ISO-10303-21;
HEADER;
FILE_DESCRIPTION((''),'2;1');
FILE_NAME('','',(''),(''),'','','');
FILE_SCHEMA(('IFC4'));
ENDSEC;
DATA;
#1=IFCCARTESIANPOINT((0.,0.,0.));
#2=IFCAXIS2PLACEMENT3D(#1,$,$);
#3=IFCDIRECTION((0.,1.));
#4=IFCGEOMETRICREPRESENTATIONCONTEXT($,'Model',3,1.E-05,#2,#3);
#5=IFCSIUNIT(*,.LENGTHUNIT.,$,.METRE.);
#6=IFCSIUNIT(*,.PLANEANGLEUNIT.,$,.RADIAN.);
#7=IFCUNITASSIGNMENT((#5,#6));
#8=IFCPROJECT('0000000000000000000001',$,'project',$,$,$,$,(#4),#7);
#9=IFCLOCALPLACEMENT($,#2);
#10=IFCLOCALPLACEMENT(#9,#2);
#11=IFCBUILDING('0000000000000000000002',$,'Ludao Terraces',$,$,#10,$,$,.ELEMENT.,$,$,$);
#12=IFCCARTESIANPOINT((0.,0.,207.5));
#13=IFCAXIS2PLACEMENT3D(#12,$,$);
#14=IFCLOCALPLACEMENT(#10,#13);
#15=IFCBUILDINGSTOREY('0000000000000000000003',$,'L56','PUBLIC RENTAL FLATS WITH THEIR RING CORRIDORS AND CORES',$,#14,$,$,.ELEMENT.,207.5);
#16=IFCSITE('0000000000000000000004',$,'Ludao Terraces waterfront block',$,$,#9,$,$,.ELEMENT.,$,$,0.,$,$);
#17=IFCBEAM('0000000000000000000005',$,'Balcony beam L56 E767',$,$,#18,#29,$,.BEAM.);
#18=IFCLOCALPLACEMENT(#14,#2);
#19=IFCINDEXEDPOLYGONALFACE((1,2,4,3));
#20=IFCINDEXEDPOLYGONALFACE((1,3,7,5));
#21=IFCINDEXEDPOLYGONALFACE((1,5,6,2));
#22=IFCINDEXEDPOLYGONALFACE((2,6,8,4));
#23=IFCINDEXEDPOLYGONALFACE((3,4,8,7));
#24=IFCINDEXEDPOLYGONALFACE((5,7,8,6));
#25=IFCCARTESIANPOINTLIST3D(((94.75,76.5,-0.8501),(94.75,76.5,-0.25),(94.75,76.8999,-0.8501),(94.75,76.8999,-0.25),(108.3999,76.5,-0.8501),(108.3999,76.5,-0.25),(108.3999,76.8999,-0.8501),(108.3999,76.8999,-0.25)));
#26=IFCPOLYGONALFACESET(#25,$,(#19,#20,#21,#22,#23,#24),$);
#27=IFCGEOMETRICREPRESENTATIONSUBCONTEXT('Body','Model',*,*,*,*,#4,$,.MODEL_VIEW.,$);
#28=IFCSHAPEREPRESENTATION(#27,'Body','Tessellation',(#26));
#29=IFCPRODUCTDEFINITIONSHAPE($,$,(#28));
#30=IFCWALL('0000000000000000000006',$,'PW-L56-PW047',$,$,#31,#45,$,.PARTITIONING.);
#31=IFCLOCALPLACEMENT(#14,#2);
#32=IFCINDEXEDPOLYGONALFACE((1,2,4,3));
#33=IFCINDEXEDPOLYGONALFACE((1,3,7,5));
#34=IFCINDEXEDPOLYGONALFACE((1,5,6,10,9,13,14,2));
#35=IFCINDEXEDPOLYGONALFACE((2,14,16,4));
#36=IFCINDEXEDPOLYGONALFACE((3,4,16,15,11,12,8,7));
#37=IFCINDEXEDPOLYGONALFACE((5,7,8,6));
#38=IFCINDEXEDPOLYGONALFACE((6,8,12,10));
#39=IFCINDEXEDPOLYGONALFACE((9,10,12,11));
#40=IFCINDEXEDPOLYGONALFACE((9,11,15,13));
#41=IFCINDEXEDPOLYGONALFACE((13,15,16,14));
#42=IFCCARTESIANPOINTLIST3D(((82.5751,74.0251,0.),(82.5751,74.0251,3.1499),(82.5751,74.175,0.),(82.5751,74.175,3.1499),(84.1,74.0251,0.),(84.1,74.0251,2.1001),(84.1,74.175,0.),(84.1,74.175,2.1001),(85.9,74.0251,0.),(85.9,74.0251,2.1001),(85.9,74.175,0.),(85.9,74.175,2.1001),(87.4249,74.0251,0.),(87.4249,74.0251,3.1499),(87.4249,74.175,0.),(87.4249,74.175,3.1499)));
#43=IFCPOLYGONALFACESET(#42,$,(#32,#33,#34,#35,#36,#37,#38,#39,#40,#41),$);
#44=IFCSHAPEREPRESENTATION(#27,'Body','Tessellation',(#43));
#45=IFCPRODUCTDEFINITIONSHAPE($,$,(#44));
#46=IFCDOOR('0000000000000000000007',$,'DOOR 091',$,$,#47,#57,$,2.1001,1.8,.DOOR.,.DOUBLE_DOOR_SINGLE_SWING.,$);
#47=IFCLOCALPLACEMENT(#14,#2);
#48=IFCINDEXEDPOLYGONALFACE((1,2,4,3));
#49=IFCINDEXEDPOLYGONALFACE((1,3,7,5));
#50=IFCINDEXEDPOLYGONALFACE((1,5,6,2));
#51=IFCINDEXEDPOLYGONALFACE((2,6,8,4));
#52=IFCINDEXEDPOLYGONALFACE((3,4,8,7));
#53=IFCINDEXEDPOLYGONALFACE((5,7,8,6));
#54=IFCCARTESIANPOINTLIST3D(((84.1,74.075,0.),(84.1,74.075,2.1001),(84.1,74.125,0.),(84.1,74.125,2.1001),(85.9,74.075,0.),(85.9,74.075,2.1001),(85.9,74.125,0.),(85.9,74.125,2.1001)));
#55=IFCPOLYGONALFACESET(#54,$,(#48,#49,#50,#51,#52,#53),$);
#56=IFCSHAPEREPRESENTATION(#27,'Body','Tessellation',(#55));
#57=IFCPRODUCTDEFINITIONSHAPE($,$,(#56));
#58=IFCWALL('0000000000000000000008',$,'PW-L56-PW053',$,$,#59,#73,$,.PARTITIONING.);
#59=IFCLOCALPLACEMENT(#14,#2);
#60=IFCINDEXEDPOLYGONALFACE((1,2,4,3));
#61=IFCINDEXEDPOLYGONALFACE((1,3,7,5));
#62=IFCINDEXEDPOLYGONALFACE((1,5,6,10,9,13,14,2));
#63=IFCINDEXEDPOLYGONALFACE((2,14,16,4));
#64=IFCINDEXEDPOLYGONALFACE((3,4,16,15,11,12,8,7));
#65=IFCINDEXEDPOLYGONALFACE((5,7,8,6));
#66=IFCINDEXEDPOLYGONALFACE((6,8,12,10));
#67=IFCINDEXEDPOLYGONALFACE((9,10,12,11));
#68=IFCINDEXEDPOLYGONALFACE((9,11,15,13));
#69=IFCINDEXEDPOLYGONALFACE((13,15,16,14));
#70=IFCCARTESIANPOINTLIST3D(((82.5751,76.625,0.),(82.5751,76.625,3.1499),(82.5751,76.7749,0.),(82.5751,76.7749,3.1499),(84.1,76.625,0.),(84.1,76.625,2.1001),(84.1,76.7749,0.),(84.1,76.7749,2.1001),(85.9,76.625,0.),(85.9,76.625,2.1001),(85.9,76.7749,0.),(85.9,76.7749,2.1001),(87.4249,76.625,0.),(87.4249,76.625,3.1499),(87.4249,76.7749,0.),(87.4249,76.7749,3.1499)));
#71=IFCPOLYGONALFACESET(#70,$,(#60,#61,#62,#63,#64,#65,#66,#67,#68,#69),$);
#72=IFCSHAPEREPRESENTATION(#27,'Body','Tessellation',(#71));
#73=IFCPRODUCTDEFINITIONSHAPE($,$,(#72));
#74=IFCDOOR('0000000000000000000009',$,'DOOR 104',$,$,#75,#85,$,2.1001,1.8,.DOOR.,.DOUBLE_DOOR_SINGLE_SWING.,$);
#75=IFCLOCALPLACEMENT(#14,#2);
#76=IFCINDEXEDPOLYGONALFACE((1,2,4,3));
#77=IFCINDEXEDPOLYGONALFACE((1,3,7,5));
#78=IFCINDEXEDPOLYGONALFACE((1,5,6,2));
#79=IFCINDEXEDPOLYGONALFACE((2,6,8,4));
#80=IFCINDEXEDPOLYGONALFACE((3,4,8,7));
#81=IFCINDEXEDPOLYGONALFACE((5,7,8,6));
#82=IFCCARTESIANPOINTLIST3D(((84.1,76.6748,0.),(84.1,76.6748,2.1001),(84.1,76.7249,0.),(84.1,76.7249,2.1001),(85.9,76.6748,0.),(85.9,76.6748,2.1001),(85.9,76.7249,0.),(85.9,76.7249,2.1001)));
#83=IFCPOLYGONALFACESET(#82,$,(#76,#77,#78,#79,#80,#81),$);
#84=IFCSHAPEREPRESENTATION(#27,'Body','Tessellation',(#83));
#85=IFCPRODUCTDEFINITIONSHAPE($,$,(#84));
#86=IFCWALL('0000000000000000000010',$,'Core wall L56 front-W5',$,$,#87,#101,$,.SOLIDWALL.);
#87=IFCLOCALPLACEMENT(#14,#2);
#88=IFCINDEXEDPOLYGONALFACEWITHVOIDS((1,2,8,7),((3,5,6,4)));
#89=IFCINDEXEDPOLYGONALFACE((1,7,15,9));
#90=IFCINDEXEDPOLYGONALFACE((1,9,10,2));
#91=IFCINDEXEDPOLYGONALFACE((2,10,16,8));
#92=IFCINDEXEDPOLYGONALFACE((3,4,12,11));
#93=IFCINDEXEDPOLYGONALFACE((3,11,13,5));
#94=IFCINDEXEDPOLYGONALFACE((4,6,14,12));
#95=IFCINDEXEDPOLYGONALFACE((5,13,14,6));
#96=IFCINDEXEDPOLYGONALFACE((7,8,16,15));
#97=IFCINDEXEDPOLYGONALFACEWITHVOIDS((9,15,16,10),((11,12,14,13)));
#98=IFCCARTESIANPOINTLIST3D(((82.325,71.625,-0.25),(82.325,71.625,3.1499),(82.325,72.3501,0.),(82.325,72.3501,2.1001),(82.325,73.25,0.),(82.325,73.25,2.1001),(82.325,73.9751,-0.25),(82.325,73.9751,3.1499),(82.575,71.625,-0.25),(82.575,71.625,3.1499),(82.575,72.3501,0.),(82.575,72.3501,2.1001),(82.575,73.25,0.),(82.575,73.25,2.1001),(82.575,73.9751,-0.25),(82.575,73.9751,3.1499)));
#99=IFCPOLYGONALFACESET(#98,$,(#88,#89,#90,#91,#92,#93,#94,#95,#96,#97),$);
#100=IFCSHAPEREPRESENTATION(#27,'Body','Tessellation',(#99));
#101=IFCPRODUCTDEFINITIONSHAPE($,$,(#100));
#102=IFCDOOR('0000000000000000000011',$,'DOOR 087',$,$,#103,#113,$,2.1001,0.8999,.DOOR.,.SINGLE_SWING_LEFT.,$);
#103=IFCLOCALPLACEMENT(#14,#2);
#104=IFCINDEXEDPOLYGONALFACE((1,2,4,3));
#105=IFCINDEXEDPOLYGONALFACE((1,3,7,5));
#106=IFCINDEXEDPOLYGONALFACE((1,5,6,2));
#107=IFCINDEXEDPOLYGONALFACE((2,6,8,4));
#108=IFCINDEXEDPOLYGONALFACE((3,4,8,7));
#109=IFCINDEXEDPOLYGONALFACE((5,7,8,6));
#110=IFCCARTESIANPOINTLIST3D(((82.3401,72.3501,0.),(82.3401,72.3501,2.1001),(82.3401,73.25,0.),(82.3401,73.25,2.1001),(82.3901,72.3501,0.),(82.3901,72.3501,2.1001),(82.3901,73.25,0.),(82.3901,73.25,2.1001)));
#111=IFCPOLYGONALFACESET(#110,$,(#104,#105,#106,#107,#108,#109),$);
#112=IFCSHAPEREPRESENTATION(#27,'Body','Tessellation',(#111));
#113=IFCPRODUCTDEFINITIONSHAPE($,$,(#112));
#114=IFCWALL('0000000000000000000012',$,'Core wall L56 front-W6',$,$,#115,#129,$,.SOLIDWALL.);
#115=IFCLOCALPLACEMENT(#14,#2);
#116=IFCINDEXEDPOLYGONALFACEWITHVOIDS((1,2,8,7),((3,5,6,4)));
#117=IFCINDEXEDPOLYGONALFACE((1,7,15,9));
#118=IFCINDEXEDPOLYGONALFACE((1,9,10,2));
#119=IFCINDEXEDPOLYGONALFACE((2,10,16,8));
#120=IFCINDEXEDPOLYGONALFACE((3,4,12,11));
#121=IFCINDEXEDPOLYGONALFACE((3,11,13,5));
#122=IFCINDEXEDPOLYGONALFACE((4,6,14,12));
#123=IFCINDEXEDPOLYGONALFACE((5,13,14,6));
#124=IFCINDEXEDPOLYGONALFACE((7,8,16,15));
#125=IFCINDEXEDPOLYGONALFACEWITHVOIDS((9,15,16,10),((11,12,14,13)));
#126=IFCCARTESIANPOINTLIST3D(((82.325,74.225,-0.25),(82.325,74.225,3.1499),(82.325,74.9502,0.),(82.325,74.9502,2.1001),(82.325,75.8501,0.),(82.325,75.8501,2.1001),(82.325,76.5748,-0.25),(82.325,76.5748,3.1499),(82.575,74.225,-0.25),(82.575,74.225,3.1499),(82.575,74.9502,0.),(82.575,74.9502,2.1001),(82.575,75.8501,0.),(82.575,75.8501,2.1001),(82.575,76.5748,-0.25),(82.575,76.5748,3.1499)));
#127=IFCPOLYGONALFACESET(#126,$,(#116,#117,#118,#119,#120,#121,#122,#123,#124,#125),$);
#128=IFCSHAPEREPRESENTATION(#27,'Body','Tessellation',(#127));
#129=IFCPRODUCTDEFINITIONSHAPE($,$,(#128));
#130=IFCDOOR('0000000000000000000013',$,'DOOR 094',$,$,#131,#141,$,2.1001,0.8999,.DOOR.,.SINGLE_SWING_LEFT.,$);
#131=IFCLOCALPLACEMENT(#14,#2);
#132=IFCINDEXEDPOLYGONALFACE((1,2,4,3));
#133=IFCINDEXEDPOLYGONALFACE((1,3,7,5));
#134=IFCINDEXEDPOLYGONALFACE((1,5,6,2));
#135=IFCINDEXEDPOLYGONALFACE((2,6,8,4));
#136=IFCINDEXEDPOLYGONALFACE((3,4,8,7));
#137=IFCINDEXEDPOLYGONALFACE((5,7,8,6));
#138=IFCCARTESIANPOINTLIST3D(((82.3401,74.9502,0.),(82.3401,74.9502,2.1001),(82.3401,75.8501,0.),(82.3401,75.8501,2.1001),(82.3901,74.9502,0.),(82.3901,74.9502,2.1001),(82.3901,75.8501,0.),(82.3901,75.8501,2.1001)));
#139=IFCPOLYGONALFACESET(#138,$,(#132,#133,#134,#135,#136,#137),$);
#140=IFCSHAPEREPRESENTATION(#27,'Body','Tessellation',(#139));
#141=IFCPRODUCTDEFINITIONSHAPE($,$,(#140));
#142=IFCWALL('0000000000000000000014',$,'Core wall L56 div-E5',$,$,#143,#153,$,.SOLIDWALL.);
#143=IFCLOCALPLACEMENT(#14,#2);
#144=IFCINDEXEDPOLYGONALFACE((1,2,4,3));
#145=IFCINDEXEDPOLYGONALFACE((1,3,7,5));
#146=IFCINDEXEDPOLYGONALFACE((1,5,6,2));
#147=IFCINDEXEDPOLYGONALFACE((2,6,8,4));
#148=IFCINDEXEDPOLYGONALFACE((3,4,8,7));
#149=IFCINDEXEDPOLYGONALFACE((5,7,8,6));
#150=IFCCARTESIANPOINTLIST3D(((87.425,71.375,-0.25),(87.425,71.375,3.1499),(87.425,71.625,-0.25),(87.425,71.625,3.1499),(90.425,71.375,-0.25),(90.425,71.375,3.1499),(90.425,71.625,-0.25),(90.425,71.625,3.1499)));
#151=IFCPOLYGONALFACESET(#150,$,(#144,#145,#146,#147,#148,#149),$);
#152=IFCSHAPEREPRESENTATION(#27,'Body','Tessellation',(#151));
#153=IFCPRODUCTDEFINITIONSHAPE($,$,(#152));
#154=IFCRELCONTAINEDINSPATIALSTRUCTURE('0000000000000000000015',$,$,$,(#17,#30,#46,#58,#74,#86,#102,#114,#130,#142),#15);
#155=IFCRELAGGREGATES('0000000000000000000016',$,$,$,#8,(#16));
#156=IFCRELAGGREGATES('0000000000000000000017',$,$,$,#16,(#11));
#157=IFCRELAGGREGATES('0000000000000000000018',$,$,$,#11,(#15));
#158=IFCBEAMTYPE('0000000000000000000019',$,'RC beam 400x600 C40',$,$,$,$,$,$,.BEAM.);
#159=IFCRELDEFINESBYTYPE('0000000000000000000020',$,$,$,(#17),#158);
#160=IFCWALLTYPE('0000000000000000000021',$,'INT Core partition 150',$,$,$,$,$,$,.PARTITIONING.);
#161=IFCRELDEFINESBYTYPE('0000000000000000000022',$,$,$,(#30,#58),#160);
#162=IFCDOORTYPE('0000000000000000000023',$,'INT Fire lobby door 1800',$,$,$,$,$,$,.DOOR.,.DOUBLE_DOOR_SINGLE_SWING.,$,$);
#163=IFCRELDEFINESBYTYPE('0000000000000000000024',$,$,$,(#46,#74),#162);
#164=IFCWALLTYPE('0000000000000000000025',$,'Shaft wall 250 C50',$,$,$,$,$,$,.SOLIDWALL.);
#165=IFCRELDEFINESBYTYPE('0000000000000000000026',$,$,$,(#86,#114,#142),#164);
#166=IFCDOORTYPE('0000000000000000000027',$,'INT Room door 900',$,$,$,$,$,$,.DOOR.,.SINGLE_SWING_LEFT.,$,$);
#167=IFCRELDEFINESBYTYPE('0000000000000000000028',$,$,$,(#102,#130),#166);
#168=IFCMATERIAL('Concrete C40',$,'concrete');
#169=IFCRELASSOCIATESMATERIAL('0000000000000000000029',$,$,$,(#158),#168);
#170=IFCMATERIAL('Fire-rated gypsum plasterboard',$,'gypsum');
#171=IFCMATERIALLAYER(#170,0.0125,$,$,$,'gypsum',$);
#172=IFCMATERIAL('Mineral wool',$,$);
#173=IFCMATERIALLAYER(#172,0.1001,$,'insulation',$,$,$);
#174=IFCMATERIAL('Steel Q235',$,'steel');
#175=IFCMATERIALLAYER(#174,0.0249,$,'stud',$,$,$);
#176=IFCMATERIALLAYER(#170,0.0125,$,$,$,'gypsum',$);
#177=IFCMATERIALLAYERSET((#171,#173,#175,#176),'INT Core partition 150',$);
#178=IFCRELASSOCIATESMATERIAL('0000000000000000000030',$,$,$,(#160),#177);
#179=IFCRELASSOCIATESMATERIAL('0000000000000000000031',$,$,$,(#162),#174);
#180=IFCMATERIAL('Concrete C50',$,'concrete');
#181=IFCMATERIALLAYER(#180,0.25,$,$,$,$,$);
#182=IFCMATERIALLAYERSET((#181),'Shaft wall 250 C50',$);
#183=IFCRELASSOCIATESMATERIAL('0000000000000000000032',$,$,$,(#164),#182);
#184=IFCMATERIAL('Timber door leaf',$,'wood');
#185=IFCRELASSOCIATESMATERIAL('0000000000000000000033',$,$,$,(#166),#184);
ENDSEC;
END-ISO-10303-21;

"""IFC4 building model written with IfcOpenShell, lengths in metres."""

from ifc_helpers import new_model, si_unit, direction, frame, frame_2d, origin, origin_2d, place, context, subcontext, project, spatial, rectangle, extrude, material, layer, layer_set, material_profile, profile_set, type_object, element, fill, save


model = new_model("IFC4")

# Units and contexts
model_context = context("Model", 3, precision=1e-05, world=origin(), true_north=direction((0.0, 1.0)))
body_context = subcontext(model_context, "Body", "Model", "MODEL_VIEW")
ifc_project = project(units=[si_unit("LENGTHUNIT", "METRE"), si_unit("PLANEANGLEUNIT", "RADIAN")], contexts=[model_context])

# Site, building, storey
site_placement = place(None, origin())
site = spatial("IfcSite", under=ifc_project, at=site_placement, Name="Ludao Terraces waterfront block", CompositionType="ELEMENT", RefElevation=0.0)
building_placement = place(site_placement, origin())
building = spatial("IfcBuilding", under=site, at=building_placement, Name="Ludao Terraces", CompositionType="ELEMENT")
storey_placement = place(building_placement, frame((0.0, 0.0, 207.5)))
storey = spatial("IfcBuildingStorey", under=building, at=storey_placement, Name="L56", Description="PUBLIC RENTAL FLATS WITH THEIR RING CORRIDORS AND CORES", CompositionType="ELEMENT", Elevation=207.5)

# Beam
ifc_material_1 = material(Name="Concrete C40", Category="concrete")
ifc_material_profile = material_profile(ifc_material_1, rectangle(XDim=0.3999, YDim=0.6001, at=origin_2d()), Name="400 X 600")
ifc_profile_set = profile_set([ifc_material_profile], Name="Concrete C40")
beam_type = type_object("IfcBeamType", Name="RC beam 400x600 C40", PredefinedType="BEAM", material=ifc_profile_set)
beam_placement = place(storey_placement, frame((94.75, 76.7, -0.55), z_axis=(1.0, 0.0, 0.0), x_axis=(0.0, 1.0, 0.0)))
element("IfcBeam", 1, at=beam_placement, inside=storey, type_object=beam_type, Name="Balcony beam L56 E767", PredefinedType="BEAM", context=body_context, shape_type="SweptSolid", body=[
    extrude(rectangle(XDim=0.3999, YDim=0.6001, at=origin_2d()), origin(), (0.0, 0.0, 1.0), 13.6499),
])

# Walls, openings, doors
ifc_material_2 = material(Name="Fire-rated gypsum plasterboard", Category="gypsum")
ifc_layer_1 = layer(ifc_material_2, 0.0125, Category="gypsum")
ifc_material_3 = material(Name="Mineral wool")
ifc_layer_2 = layer(ifc_material_3, 0.1001, Name="insulation")
ifc_material_4 = material(Name="Steel Q235", Category="steel")
ifc_layer_3 = layer(ifc_material_4, 0.0249, Name="stud")
ifc_layer_4 = layer(ifc_material_2, 0.0125, Category="gypsum")
ifc_layer_set_1 = layer_set([ifc_layer_1, ifc_layer_2, ifc_layer_3, ifc_layer_4], Name="INT Core partition 150")
wall_type_1 = type_object("IfcWallType", Name="INT Core partition 150", PredefinedType="PARTITIONING", material=ifc_layer_set_1)
wall_1_placement = place(storey_placement, frame((82.5752, 74.1001, 0.0), z_axis=(0.0, 0.0, 1.0), x_axis=(1.0, 0.0, 0.0)))
wall_1 = element("IfcWall", 2, at=wall_1_placement, inside=storey, type_object=wall_type_1, Name="PW-L56-PW047", PredefinedType="PARTITIONING", context=body_context, shape_type="SweptSolid", body=[
    extrude(rectangle(XDim=4.8499, YDim=0.1499, at=frame_2d((2.4248, 0.0))), origin(), (0.0, 0.0, 1.0), 3.1499),
])
opening_1_placement = place(wall_1_placement, frame((1.5249, 0.0, 0.0)))
opening_1 = element("IfcOpeningElement", 3, at=opening_1_placement, cuts=wall_1, PredefinedType="OPENING", context=body_context, shape_type="SweptSolid", body=[
    extrude(rectangle(XDim=1.8, YDim=2.1001, at=frame_2d((0.8999, 1.05))), frame((0.0, 0.085, 0.0), z_axis=(0.0, -1.0, 0.0), x_axis=(1.0, 0.0, 0.0)), (0.0, 0.0, 1.0), 0.1699),
])
door_type_1 = type_object("IfcDoorType", Name="INT Fire lobby door 1800", OperationType="DOUBLE_DOOR_SINGLE_SWING", PredefinedType="DOOR", material=ifc_material_4)
door_1_placement = place(opening_1_placement, origin())
door_1 = element("IfcDoor", 4, at=door_1_placement, inside=storey, type_object=door_type_1, Name="DOOR 091", OperationType="DOUBLE_DOOR_SINGLE_SWING", OverallHeight=2.1001, OverallWidth=1.8, PredefinedType="DOOR", context=body_context, shape_type="SweptSolid", body=[
    extrude(rectangle(XDim=1.8, YDim=2.1001, at=frame_2d((0.8999, 1.05))), frame((0.0, 0.0249, 0.0), z_axis=(0.0, -1.0, 0.0), x_axis=(1.0, 0.0, 0.0)), (0.0, 0.0, 1.0), 0.05),
])
fill(opening_1, door_1)
wall_2_placement = place(storey_placement, frame((82.5752, 76.7, 0.0), z_axis=(0.0, 0.0, 1.0), x_axis=(1.0, 0.0, 0.0)))
wall_2 = element("IfcWall", 5, at=wall_2_placement, inside=storey, type_object=wall_type_1, Name="PW-L56-PW053", PredefinedType="PARTITIONING", context=body_context, shape_type="SweptSolid", body=[
    extrude(rectangle(XDim=4.8499, YDim=0.1499, at=frame_2d((2.4248, 0.0))), origin(), (0.0, 0.0, 1.0), 3.1499),
])
opening_2_placement = place(wall_2_placement, frame((1.5249, 0.0, 0.0)))
opening_2 = element("IfcOpeningElement", 6, at=opening_2_placement, cuts=wall_2, PredefinedType="OPENING", context=body_context, shape_type="SweptSolid", body=[
    extrude(rectangle(XDim=1.8, YDim=2.1001, at=frame_2d((0.8999, 1.05))), frame((0.0, 0.085, 0.0), z_axis=(0.0, -1.0, 0.0), x_axis=(1.0, 0.0, 0.0)), (0.0, 0.0, 1.0), 0.1699),
])
door_2_placement = place(opening_2_placement, origin())
door_2 = element("IfcDoor", 7, at=door_2_placement, inside=storey, type_object=door_type_1, Name="DOOR 104", OperationType="DOUBLE_DOOR_SINGLE_SWING", OverallHeight=2.1001, OverallWidth=1.8, PredefinedType="DOOR", context=body_context, shape_type="SweptSolid", body=[
    extrude(rectangle(XDim=1.8, YDim=2.1001, at=frame_2d((0.8999, 1.05))), frame((0.0, 0.0249, 0.0), z_axis=(0.0, -1.0, 0.0), x_axis=(1.0, 0.0, 0.0)), (0.0, 0.0, 1.0), 0.05),
])
fill(opening_2, door_2)
ifc_material_5 = material(Name="Concrete C50", Category="concrete")
ifc_layer_5 = layer(ifc_material_5, 0.25)
ifc_layer_set_2 = layer_set([ifc_layer_5], Name="Shaft wall 250 C50")
wall_type_2 = type_object("IfcWallType", Name="Shaft wall 250 C50", PredefinedType="SOLIDWALL", material=ifc_layer_set_2)
wall_3_placement = place(storey_placement, frame((82.45, 71.625, -0.25), z_axis=(0.0, 0.0, 1.0), x_axis=(0.0, 1.0, 0.0)))
wall_3 = element("IfcWall", 8, at=wall_3_placement, inside=storey, type_object=wall_type_2, Name="Core wall L56 front-W5", PredefinedType="SOLIDWALL", context=body_context, shape_type="SweptSolid", body=[
    extrude(rectangle(XDim=2.3501, YDim=0.25, at=frame_2d((1.175, 0.0))), origin(), (0.0, 0.0, 1.0), 3.3999),
])
opening_3_placement = place(wall_3_placement, frame((0.7251, 0.0, 0.25)))
opening_3 = element("IfcOpeningElement", 9, at=opening_3_placement, cuts=wall_3, PredefinedType="OPENING", context=body_context, shape_type="SweptSolid", body=[
    extrude(rectangle(XDim=0.8999, YDim=2.1001, at=frame_2d((0.45, 1.05))), frame((0.0, 0.135, 0.0), z_axis=(0.0, -1.0, 0.0), x_axis=(1.0, 0.0, 0.0)), (0.0, 0.0, 1.0), 0.27),
])
ifc_material_6 = material(Name="Timber door leaf", Category="wood")
door_type_2 = type_object("IfcDoorType", Name="INT Room door 900", OperationType="SINGLE_SWING_LEFT", PredefinedType="DOOR", material=ifc_material_6)
door_3_placement = place(opening_3_placement, origin())
door_3 = element("IfcDoor", 10, at=door_3_placement, inside=storey, type_object=door_type_2, Name="DOOR 087", OperationType="SINGLE_SWING_LEFT", OverallHeight=2.1001, OverallWidth=0.8999, PredefinedType="DOOR", context=body_context, shape_type="SweptSolid", body=[
    extrude(rectangle(XDim=0.8999, YDim=2.1001, at=frame_2d((0.45, 1.05))), frame((0.0, 0.1099, 0.0), z_axis=(0.0, -1.0, 0.0), x_axis=(1.0, 0.0, 0.0)), (0.0, 0.0, 1.0), 0.05),
])
fill(opening_3, door_3)
wall_4_placement = place(storey_placement, frame((82.45, 74.2251, -0.25), z_axis=(0.0, 0.0, 1.0), x_axis=(0.0, 1.0, 0.0)))
wall_4 = element("IfcWall", 11, at=wall_4_placement, inside=storey, type_object=wall_type_2, Name="Core wall L56 front-W6", PredefinedType="SOLIDWALL", context=body_context, shape_type="SweptSolid", body=[
    extrude(rectangle(XDim=2.3499, YDim=0.25, at=frame_2d((1.1748, 0.0))), origin(), (0.0, 0.0, 1.0), 3.3999),
])
opening_4_placement = place(wall_4_placement, frame((0.7251, 0.0, 0.25)))
opening_4 = element("IfcOpeningElement", 12, at=opening_4_placement, cuts=wall_4, PredefinedType="OPENING", context=body_context, shape_type="SweptSolid", body=[
    extrude(rectangle(XDim=0.8999, YDim=2.1001, at=frame_2d((0.45, 1.05))), frame((0.0, 0.135, 0.0), z_axis=(0.0, -1.0, 0.0), x_axis=(1.0, 0.0, 0.0)), (0.0, 0.0, 1.0), 0.27),
])
door_4_placement = place(opening_4_placement, origin())
door_4 = element("IfcDoor", 13, at=door_4_placement, inside=storey, type_object=door_type_2, Name="DOOR 094", OperationType="SINGLE_SWING_LEFT", OverallHeight=2.1001, OverallWidth=0.8999, PredefinedType="DOOR", context=body_context, shape_type="SweptSolid", body=[
    extrude(rectangle(XDim=0.8999, YDim=2.1001, at=frame_2d((0.45, 1.05))), frame((0.0, 0.1099, 0.0), z_axis=(0.0, -1.0, 0.0), x_axis=(1.0, 0.0, 0.0)), (0.0, 0.0, 1.0), 0.05),
])
fill(opening_4, door_4)

# Wall
wall_5_placement = place(storey_placement, frame((87.425, 71.5, -0.25), z_axis=(0.0, 0.0, 1.0), x_axis=(1.0, 0.0, 0.0)))
element("IfcWall", 14, at=wall_5_placement, inside=storey, type_object=wall_type_2, Name="Core wall L56 div-E5", PredefinedType="SOLIDWALL", context=body_context, shape_type="SweptSolid", body=[
    extrude(rectangle(XDim=3.0, YDim=0.25, at=frame_2d((1.5, 0.0))), origin(), (0.0, 0.0, 1.0), 3.3999),
])

save(model, "model.ifc")
